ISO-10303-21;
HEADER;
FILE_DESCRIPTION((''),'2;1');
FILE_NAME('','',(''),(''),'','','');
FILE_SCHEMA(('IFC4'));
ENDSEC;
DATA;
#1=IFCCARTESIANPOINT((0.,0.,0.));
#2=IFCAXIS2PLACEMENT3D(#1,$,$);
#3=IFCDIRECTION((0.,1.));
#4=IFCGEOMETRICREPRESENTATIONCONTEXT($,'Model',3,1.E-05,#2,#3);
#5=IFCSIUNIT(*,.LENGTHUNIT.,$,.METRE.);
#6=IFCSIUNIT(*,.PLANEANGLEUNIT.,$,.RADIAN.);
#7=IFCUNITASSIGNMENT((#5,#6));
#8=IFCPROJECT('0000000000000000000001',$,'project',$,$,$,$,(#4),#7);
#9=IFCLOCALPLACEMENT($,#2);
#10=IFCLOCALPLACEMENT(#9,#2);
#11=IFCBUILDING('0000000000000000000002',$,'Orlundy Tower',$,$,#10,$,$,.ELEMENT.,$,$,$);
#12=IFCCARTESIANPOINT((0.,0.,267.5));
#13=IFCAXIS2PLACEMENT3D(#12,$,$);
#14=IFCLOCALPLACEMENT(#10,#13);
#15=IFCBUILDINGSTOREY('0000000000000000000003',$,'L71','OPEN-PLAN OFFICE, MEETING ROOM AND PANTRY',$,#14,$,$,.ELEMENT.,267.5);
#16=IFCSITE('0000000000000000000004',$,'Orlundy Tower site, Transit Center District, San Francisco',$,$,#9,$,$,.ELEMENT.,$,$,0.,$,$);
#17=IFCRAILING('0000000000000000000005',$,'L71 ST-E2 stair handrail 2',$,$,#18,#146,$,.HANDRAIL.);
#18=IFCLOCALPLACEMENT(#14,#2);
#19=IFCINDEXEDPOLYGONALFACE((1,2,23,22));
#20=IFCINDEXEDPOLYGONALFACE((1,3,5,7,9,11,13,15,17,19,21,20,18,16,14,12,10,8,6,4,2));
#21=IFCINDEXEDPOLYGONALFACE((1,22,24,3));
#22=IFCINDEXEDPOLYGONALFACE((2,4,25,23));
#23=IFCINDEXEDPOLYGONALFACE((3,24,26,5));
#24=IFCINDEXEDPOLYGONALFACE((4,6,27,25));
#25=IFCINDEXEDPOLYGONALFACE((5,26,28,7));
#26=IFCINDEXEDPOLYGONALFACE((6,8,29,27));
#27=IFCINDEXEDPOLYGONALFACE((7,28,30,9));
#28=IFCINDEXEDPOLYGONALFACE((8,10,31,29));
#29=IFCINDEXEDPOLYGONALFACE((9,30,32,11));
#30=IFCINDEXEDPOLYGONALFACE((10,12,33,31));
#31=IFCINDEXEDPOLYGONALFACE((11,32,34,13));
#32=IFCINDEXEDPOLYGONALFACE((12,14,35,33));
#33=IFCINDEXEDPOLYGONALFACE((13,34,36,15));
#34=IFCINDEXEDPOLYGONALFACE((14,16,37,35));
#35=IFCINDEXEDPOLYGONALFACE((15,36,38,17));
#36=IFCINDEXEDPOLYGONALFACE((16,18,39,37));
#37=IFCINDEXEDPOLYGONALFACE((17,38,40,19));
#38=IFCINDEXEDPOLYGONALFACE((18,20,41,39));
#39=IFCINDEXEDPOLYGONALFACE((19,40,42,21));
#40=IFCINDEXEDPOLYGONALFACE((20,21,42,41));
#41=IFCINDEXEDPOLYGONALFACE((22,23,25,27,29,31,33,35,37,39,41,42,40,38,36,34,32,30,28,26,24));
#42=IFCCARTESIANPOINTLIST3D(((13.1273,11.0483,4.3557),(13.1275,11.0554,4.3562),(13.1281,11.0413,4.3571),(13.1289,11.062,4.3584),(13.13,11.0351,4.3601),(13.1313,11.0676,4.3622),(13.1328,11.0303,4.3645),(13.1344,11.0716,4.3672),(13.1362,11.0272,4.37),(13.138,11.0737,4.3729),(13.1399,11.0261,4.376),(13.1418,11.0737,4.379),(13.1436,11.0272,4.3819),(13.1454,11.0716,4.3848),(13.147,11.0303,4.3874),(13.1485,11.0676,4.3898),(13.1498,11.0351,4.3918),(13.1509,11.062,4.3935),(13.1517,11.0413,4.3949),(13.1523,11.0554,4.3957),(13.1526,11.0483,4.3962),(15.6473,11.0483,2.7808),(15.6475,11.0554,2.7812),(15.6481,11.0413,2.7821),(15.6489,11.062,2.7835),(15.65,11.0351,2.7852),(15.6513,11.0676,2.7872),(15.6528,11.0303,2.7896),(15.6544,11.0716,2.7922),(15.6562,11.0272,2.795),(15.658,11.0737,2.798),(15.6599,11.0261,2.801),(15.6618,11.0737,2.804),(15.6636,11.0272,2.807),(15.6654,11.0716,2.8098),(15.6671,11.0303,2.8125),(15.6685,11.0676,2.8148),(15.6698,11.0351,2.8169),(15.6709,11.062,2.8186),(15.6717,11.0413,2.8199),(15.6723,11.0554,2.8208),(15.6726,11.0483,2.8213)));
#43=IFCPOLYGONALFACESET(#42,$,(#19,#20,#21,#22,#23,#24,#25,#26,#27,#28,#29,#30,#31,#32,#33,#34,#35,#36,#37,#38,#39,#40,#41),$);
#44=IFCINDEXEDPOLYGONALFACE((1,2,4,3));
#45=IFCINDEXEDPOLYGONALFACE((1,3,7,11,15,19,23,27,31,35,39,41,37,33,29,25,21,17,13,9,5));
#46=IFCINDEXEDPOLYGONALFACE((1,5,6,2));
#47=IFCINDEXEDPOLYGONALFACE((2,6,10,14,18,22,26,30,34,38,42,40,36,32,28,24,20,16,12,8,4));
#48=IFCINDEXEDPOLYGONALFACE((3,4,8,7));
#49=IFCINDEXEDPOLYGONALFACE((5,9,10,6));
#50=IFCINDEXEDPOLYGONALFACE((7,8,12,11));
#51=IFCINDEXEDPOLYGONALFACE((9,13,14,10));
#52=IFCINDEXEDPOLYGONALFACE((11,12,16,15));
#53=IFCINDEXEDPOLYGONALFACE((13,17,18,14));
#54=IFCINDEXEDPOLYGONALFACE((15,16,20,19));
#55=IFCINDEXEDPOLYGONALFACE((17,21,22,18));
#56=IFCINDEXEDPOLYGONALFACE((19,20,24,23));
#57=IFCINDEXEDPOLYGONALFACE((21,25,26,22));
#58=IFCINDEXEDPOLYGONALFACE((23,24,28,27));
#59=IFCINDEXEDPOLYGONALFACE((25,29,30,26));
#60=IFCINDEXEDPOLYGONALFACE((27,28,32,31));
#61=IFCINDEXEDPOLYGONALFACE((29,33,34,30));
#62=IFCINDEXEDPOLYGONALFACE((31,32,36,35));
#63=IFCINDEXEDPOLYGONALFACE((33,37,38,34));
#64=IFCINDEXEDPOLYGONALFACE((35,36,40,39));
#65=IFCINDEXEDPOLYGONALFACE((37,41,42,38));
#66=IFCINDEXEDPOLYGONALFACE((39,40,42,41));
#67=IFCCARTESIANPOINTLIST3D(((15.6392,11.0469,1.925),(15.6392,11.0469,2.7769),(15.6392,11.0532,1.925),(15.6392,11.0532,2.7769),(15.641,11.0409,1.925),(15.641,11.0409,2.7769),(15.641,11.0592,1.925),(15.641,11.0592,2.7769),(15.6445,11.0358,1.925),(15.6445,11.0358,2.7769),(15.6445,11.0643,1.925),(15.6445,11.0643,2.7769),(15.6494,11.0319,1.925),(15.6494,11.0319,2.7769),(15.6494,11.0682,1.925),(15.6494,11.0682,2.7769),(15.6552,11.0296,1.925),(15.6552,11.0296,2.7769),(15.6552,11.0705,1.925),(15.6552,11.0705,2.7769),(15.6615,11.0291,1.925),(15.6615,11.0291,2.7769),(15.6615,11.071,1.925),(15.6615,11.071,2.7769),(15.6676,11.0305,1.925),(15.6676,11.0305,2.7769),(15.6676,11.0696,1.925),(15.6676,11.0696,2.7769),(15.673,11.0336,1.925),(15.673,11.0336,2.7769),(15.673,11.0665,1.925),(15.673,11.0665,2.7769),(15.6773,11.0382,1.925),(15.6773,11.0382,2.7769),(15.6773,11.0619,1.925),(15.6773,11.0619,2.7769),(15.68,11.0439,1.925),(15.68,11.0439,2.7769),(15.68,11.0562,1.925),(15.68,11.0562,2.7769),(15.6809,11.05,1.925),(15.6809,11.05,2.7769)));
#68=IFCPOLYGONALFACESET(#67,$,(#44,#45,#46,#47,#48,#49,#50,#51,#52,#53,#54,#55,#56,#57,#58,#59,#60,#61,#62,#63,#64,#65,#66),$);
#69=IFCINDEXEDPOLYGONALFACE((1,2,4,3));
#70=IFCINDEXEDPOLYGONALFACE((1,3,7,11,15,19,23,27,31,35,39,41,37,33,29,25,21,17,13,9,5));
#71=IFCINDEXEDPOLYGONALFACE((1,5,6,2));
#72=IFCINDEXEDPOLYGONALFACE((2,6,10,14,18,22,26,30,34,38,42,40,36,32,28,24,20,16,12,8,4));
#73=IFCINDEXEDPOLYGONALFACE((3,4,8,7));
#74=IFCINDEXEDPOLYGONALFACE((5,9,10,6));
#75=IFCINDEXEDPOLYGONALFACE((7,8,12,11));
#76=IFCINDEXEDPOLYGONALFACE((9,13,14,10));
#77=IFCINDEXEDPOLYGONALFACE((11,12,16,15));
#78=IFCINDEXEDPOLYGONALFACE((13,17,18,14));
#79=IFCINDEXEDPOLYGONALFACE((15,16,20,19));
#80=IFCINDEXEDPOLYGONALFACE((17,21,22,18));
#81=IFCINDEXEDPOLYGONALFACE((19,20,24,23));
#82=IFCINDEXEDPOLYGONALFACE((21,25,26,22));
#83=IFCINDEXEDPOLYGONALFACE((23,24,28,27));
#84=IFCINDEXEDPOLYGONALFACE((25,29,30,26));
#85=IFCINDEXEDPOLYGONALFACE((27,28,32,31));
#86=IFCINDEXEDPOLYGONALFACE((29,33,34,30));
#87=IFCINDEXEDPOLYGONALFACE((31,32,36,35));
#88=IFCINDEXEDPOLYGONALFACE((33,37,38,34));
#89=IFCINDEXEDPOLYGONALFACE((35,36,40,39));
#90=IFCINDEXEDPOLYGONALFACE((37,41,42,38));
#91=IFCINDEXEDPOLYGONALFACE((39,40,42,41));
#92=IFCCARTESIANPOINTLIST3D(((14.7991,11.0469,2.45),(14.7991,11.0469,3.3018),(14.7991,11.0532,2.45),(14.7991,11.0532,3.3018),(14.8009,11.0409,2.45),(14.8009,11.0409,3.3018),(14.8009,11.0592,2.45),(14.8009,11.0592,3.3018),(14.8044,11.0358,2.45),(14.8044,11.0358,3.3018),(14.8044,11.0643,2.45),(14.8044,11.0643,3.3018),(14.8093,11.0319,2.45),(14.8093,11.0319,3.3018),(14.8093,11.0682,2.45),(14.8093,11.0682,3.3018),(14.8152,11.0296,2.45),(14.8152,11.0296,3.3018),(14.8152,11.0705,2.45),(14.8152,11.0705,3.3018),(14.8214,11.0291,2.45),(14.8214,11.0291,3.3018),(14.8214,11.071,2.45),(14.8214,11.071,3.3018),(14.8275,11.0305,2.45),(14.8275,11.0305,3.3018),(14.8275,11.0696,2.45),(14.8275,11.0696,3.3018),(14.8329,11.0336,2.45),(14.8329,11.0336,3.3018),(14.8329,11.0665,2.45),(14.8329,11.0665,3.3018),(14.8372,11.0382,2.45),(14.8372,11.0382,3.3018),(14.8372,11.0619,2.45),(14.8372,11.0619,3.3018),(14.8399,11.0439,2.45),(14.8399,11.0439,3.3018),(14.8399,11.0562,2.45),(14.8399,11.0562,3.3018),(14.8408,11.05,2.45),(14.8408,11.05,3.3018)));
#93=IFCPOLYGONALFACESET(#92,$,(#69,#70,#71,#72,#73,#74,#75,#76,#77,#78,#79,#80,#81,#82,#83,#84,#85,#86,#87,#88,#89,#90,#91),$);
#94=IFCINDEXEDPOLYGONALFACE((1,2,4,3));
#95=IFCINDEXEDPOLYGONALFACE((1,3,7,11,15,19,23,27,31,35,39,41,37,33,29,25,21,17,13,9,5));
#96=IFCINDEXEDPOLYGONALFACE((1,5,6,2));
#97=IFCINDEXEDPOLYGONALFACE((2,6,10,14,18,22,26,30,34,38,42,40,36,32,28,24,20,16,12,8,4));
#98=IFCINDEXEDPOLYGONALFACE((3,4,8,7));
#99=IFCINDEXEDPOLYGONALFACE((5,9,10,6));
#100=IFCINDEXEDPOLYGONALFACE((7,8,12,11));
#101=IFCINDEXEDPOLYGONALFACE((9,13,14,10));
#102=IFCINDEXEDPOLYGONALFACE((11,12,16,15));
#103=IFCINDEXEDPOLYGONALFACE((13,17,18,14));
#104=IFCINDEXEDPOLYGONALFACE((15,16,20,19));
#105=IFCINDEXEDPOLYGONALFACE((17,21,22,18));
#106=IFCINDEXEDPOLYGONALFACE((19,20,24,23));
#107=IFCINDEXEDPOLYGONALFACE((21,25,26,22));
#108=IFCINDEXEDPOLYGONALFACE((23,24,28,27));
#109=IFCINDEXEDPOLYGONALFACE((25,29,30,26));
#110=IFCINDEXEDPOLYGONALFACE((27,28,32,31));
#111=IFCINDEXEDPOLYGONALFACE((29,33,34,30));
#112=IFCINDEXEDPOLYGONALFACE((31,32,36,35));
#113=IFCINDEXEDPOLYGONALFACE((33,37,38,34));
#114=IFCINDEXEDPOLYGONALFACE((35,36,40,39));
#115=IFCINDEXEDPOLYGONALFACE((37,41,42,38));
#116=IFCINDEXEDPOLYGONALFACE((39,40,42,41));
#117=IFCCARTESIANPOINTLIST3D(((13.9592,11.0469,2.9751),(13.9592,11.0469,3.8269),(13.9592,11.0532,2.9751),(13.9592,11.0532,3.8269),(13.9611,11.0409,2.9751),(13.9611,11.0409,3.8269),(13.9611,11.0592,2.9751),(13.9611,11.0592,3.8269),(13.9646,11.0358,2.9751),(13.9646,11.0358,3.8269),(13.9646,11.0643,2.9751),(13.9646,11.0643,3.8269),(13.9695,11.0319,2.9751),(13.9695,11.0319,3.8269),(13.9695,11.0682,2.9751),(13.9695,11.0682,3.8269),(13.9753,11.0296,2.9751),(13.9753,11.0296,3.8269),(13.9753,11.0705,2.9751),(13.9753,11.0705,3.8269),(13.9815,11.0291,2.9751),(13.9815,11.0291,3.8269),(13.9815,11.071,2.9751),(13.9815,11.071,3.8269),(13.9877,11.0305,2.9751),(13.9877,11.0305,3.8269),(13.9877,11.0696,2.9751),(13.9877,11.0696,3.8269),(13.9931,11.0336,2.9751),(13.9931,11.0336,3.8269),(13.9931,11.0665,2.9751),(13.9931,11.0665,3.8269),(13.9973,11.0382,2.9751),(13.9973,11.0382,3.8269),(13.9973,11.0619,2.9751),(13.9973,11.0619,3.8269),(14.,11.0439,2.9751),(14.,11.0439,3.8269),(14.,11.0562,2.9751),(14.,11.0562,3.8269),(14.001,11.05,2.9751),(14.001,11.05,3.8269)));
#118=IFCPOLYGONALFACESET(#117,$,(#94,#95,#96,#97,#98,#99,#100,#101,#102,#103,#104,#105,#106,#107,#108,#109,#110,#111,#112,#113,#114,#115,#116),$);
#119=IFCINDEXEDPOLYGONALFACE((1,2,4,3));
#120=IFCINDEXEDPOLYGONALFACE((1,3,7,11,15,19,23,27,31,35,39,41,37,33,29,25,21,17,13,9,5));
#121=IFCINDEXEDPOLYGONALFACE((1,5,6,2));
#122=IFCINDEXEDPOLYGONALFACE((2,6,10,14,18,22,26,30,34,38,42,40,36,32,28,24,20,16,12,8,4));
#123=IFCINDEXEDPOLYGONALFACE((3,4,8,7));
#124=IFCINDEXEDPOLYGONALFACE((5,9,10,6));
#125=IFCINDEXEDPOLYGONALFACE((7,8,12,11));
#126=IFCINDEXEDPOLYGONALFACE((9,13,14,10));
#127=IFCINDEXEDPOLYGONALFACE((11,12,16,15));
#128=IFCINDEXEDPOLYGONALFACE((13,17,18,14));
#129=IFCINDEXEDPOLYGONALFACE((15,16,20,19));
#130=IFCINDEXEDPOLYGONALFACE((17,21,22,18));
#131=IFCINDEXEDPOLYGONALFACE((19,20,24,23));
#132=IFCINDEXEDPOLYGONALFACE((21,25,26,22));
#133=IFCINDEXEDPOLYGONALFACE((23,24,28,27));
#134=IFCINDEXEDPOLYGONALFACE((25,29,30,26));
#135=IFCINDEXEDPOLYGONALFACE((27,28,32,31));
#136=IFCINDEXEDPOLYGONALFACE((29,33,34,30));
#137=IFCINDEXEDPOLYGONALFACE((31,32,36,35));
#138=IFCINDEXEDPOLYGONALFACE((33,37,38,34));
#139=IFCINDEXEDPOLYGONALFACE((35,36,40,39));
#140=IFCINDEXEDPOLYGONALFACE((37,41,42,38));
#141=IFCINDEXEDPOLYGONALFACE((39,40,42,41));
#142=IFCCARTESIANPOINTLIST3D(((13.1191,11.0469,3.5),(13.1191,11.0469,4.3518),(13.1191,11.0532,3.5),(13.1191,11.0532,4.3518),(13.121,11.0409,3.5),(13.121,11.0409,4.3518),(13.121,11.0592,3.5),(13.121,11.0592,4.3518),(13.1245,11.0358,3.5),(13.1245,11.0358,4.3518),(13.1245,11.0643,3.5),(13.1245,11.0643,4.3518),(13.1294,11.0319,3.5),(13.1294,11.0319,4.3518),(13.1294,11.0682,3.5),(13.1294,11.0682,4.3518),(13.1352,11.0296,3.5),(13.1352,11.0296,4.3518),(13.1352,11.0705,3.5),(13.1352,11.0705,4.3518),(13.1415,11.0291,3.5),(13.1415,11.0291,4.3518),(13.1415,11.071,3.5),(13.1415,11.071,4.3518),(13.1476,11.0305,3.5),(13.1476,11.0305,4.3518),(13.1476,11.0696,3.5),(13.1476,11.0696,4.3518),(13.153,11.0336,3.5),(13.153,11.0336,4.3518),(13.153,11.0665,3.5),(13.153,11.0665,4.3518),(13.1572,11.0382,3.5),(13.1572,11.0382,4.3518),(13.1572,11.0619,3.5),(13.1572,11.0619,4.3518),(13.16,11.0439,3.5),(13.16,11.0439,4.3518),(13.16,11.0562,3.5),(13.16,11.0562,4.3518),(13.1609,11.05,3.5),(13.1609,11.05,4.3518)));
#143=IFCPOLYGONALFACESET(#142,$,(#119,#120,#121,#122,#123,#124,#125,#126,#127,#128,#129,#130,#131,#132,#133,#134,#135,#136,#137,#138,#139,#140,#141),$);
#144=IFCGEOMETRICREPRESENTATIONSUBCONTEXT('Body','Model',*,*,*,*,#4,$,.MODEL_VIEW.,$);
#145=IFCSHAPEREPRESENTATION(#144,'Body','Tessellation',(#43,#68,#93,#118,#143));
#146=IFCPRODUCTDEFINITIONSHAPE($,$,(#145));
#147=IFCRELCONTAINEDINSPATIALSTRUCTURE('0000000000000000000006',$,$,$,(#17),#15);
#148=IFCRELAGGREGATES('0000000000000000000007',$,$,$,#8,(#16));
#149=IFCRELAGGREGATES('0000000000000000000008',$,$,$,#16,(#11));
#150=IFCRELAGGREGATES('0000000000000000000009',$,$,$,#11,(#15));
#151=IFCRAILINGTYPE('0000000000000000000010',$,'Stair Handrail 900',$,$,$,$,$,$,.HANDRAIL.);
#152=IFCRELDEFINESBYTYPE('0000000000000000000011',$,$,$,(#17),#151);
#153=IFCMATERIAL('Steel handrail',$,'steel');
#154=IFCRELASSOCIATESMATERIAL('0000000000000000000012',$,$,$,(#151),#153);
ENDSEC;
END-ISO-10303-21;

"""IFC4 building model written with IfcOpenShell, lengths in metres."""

from ifc_helpers import new_model, si_unit, direction, frame, origin, origin_2d, place, context, subcontext, project, spatial, circle, extrude, material, type_object, element, save


model = new_model("IFC4")

# Units and contexts
model_context = context("Model", 3, precision=1e-05, world=origin(), true_north=direction((0.0, 1.0)))
body_context = subcontext(model_context, "Body", "Model", "MODEL_VIEW")
ifc_project = project(units=[si_unit("LENGTHUNIT", "METRE"), si_unit("PLANEANGLEUNIT", "RADIAN")], contexts=[model_context])

# Site, building, storey
site_placement = place(None, origin())
site = spatial("IfcSite", under=ifc_project, at=site_placement, Name="Orlundy Tower site, Transit Center District, San Francisco", CompositionType="ELEMENT", RefElevation=0.0)
building_placement = place(site_placement, origin())
building = spatial("IfcBuilding", under=site, at=building_placement, Name="Orlundy Tower", CompositionType="ELEMENT")
storey_placement = place(building_placement, frame((0.0, 0.0, 267.5)))
storey = spatial("IfcBuildingStorey", under=building, at=storey_placement, Name="L71", Description="OPEN-PLAN OFFICE, MEETING ROOM AND PANTRY", CompositionType="ELEMENT", Elevation=267.5)

# Railing
ifc_material_1 = material(Name="Steel handrail", Category="steel")
railing_type = type_object("IfcRailingType", Name="Stair Handrail 900", PredefinedType="HANDRAIL", material=ifc_material_1)
railing_placement = place(storey_placement, frame((15.6599, 11.05, 1.925)))
element("IfcRailing", 1, at=railing_placement, inside=storey, type_object=railing_type, Name="L71 ST-E2 stair handrail 2", PredefinedType="HANDRAIL", context=body_context, shape_type="SweptSolid", body=[
    extrude(circle(Radius=0.0239, at=origin_2d()), frame((0.0, 0.0, 0.876), z_axis=(-0.848008, 0.0, 0.529984), x_axis=(0.0, -1.0, 0.0)), (0.0, 0.0, 1.0), 2.9717),
    extrude(circle(Radius=0.021, at=origin_2d()), origin(), (0.0, 0.0, 1.0), 0.8518),
    extrude(circle(Radius=0.021, at=origin_2d()), frame((-0.8401, 0.0, 0.5249)), (0.0, 0.0, 1.0), 0.8518),
    extrude(circle(Radius=0.021, at=origin_2d()), frame((-1.6799, 0.0, 1.05)), (0.0, 0.0, 1.0), 0.8518),
    extrude(circle(Radius=0.021, at=origin_2d()), frame((-2.52, 0.0, 1.575)), (0.0, 0.0, 1.0), 0.8518),
])

save(model, "model.ifc")
